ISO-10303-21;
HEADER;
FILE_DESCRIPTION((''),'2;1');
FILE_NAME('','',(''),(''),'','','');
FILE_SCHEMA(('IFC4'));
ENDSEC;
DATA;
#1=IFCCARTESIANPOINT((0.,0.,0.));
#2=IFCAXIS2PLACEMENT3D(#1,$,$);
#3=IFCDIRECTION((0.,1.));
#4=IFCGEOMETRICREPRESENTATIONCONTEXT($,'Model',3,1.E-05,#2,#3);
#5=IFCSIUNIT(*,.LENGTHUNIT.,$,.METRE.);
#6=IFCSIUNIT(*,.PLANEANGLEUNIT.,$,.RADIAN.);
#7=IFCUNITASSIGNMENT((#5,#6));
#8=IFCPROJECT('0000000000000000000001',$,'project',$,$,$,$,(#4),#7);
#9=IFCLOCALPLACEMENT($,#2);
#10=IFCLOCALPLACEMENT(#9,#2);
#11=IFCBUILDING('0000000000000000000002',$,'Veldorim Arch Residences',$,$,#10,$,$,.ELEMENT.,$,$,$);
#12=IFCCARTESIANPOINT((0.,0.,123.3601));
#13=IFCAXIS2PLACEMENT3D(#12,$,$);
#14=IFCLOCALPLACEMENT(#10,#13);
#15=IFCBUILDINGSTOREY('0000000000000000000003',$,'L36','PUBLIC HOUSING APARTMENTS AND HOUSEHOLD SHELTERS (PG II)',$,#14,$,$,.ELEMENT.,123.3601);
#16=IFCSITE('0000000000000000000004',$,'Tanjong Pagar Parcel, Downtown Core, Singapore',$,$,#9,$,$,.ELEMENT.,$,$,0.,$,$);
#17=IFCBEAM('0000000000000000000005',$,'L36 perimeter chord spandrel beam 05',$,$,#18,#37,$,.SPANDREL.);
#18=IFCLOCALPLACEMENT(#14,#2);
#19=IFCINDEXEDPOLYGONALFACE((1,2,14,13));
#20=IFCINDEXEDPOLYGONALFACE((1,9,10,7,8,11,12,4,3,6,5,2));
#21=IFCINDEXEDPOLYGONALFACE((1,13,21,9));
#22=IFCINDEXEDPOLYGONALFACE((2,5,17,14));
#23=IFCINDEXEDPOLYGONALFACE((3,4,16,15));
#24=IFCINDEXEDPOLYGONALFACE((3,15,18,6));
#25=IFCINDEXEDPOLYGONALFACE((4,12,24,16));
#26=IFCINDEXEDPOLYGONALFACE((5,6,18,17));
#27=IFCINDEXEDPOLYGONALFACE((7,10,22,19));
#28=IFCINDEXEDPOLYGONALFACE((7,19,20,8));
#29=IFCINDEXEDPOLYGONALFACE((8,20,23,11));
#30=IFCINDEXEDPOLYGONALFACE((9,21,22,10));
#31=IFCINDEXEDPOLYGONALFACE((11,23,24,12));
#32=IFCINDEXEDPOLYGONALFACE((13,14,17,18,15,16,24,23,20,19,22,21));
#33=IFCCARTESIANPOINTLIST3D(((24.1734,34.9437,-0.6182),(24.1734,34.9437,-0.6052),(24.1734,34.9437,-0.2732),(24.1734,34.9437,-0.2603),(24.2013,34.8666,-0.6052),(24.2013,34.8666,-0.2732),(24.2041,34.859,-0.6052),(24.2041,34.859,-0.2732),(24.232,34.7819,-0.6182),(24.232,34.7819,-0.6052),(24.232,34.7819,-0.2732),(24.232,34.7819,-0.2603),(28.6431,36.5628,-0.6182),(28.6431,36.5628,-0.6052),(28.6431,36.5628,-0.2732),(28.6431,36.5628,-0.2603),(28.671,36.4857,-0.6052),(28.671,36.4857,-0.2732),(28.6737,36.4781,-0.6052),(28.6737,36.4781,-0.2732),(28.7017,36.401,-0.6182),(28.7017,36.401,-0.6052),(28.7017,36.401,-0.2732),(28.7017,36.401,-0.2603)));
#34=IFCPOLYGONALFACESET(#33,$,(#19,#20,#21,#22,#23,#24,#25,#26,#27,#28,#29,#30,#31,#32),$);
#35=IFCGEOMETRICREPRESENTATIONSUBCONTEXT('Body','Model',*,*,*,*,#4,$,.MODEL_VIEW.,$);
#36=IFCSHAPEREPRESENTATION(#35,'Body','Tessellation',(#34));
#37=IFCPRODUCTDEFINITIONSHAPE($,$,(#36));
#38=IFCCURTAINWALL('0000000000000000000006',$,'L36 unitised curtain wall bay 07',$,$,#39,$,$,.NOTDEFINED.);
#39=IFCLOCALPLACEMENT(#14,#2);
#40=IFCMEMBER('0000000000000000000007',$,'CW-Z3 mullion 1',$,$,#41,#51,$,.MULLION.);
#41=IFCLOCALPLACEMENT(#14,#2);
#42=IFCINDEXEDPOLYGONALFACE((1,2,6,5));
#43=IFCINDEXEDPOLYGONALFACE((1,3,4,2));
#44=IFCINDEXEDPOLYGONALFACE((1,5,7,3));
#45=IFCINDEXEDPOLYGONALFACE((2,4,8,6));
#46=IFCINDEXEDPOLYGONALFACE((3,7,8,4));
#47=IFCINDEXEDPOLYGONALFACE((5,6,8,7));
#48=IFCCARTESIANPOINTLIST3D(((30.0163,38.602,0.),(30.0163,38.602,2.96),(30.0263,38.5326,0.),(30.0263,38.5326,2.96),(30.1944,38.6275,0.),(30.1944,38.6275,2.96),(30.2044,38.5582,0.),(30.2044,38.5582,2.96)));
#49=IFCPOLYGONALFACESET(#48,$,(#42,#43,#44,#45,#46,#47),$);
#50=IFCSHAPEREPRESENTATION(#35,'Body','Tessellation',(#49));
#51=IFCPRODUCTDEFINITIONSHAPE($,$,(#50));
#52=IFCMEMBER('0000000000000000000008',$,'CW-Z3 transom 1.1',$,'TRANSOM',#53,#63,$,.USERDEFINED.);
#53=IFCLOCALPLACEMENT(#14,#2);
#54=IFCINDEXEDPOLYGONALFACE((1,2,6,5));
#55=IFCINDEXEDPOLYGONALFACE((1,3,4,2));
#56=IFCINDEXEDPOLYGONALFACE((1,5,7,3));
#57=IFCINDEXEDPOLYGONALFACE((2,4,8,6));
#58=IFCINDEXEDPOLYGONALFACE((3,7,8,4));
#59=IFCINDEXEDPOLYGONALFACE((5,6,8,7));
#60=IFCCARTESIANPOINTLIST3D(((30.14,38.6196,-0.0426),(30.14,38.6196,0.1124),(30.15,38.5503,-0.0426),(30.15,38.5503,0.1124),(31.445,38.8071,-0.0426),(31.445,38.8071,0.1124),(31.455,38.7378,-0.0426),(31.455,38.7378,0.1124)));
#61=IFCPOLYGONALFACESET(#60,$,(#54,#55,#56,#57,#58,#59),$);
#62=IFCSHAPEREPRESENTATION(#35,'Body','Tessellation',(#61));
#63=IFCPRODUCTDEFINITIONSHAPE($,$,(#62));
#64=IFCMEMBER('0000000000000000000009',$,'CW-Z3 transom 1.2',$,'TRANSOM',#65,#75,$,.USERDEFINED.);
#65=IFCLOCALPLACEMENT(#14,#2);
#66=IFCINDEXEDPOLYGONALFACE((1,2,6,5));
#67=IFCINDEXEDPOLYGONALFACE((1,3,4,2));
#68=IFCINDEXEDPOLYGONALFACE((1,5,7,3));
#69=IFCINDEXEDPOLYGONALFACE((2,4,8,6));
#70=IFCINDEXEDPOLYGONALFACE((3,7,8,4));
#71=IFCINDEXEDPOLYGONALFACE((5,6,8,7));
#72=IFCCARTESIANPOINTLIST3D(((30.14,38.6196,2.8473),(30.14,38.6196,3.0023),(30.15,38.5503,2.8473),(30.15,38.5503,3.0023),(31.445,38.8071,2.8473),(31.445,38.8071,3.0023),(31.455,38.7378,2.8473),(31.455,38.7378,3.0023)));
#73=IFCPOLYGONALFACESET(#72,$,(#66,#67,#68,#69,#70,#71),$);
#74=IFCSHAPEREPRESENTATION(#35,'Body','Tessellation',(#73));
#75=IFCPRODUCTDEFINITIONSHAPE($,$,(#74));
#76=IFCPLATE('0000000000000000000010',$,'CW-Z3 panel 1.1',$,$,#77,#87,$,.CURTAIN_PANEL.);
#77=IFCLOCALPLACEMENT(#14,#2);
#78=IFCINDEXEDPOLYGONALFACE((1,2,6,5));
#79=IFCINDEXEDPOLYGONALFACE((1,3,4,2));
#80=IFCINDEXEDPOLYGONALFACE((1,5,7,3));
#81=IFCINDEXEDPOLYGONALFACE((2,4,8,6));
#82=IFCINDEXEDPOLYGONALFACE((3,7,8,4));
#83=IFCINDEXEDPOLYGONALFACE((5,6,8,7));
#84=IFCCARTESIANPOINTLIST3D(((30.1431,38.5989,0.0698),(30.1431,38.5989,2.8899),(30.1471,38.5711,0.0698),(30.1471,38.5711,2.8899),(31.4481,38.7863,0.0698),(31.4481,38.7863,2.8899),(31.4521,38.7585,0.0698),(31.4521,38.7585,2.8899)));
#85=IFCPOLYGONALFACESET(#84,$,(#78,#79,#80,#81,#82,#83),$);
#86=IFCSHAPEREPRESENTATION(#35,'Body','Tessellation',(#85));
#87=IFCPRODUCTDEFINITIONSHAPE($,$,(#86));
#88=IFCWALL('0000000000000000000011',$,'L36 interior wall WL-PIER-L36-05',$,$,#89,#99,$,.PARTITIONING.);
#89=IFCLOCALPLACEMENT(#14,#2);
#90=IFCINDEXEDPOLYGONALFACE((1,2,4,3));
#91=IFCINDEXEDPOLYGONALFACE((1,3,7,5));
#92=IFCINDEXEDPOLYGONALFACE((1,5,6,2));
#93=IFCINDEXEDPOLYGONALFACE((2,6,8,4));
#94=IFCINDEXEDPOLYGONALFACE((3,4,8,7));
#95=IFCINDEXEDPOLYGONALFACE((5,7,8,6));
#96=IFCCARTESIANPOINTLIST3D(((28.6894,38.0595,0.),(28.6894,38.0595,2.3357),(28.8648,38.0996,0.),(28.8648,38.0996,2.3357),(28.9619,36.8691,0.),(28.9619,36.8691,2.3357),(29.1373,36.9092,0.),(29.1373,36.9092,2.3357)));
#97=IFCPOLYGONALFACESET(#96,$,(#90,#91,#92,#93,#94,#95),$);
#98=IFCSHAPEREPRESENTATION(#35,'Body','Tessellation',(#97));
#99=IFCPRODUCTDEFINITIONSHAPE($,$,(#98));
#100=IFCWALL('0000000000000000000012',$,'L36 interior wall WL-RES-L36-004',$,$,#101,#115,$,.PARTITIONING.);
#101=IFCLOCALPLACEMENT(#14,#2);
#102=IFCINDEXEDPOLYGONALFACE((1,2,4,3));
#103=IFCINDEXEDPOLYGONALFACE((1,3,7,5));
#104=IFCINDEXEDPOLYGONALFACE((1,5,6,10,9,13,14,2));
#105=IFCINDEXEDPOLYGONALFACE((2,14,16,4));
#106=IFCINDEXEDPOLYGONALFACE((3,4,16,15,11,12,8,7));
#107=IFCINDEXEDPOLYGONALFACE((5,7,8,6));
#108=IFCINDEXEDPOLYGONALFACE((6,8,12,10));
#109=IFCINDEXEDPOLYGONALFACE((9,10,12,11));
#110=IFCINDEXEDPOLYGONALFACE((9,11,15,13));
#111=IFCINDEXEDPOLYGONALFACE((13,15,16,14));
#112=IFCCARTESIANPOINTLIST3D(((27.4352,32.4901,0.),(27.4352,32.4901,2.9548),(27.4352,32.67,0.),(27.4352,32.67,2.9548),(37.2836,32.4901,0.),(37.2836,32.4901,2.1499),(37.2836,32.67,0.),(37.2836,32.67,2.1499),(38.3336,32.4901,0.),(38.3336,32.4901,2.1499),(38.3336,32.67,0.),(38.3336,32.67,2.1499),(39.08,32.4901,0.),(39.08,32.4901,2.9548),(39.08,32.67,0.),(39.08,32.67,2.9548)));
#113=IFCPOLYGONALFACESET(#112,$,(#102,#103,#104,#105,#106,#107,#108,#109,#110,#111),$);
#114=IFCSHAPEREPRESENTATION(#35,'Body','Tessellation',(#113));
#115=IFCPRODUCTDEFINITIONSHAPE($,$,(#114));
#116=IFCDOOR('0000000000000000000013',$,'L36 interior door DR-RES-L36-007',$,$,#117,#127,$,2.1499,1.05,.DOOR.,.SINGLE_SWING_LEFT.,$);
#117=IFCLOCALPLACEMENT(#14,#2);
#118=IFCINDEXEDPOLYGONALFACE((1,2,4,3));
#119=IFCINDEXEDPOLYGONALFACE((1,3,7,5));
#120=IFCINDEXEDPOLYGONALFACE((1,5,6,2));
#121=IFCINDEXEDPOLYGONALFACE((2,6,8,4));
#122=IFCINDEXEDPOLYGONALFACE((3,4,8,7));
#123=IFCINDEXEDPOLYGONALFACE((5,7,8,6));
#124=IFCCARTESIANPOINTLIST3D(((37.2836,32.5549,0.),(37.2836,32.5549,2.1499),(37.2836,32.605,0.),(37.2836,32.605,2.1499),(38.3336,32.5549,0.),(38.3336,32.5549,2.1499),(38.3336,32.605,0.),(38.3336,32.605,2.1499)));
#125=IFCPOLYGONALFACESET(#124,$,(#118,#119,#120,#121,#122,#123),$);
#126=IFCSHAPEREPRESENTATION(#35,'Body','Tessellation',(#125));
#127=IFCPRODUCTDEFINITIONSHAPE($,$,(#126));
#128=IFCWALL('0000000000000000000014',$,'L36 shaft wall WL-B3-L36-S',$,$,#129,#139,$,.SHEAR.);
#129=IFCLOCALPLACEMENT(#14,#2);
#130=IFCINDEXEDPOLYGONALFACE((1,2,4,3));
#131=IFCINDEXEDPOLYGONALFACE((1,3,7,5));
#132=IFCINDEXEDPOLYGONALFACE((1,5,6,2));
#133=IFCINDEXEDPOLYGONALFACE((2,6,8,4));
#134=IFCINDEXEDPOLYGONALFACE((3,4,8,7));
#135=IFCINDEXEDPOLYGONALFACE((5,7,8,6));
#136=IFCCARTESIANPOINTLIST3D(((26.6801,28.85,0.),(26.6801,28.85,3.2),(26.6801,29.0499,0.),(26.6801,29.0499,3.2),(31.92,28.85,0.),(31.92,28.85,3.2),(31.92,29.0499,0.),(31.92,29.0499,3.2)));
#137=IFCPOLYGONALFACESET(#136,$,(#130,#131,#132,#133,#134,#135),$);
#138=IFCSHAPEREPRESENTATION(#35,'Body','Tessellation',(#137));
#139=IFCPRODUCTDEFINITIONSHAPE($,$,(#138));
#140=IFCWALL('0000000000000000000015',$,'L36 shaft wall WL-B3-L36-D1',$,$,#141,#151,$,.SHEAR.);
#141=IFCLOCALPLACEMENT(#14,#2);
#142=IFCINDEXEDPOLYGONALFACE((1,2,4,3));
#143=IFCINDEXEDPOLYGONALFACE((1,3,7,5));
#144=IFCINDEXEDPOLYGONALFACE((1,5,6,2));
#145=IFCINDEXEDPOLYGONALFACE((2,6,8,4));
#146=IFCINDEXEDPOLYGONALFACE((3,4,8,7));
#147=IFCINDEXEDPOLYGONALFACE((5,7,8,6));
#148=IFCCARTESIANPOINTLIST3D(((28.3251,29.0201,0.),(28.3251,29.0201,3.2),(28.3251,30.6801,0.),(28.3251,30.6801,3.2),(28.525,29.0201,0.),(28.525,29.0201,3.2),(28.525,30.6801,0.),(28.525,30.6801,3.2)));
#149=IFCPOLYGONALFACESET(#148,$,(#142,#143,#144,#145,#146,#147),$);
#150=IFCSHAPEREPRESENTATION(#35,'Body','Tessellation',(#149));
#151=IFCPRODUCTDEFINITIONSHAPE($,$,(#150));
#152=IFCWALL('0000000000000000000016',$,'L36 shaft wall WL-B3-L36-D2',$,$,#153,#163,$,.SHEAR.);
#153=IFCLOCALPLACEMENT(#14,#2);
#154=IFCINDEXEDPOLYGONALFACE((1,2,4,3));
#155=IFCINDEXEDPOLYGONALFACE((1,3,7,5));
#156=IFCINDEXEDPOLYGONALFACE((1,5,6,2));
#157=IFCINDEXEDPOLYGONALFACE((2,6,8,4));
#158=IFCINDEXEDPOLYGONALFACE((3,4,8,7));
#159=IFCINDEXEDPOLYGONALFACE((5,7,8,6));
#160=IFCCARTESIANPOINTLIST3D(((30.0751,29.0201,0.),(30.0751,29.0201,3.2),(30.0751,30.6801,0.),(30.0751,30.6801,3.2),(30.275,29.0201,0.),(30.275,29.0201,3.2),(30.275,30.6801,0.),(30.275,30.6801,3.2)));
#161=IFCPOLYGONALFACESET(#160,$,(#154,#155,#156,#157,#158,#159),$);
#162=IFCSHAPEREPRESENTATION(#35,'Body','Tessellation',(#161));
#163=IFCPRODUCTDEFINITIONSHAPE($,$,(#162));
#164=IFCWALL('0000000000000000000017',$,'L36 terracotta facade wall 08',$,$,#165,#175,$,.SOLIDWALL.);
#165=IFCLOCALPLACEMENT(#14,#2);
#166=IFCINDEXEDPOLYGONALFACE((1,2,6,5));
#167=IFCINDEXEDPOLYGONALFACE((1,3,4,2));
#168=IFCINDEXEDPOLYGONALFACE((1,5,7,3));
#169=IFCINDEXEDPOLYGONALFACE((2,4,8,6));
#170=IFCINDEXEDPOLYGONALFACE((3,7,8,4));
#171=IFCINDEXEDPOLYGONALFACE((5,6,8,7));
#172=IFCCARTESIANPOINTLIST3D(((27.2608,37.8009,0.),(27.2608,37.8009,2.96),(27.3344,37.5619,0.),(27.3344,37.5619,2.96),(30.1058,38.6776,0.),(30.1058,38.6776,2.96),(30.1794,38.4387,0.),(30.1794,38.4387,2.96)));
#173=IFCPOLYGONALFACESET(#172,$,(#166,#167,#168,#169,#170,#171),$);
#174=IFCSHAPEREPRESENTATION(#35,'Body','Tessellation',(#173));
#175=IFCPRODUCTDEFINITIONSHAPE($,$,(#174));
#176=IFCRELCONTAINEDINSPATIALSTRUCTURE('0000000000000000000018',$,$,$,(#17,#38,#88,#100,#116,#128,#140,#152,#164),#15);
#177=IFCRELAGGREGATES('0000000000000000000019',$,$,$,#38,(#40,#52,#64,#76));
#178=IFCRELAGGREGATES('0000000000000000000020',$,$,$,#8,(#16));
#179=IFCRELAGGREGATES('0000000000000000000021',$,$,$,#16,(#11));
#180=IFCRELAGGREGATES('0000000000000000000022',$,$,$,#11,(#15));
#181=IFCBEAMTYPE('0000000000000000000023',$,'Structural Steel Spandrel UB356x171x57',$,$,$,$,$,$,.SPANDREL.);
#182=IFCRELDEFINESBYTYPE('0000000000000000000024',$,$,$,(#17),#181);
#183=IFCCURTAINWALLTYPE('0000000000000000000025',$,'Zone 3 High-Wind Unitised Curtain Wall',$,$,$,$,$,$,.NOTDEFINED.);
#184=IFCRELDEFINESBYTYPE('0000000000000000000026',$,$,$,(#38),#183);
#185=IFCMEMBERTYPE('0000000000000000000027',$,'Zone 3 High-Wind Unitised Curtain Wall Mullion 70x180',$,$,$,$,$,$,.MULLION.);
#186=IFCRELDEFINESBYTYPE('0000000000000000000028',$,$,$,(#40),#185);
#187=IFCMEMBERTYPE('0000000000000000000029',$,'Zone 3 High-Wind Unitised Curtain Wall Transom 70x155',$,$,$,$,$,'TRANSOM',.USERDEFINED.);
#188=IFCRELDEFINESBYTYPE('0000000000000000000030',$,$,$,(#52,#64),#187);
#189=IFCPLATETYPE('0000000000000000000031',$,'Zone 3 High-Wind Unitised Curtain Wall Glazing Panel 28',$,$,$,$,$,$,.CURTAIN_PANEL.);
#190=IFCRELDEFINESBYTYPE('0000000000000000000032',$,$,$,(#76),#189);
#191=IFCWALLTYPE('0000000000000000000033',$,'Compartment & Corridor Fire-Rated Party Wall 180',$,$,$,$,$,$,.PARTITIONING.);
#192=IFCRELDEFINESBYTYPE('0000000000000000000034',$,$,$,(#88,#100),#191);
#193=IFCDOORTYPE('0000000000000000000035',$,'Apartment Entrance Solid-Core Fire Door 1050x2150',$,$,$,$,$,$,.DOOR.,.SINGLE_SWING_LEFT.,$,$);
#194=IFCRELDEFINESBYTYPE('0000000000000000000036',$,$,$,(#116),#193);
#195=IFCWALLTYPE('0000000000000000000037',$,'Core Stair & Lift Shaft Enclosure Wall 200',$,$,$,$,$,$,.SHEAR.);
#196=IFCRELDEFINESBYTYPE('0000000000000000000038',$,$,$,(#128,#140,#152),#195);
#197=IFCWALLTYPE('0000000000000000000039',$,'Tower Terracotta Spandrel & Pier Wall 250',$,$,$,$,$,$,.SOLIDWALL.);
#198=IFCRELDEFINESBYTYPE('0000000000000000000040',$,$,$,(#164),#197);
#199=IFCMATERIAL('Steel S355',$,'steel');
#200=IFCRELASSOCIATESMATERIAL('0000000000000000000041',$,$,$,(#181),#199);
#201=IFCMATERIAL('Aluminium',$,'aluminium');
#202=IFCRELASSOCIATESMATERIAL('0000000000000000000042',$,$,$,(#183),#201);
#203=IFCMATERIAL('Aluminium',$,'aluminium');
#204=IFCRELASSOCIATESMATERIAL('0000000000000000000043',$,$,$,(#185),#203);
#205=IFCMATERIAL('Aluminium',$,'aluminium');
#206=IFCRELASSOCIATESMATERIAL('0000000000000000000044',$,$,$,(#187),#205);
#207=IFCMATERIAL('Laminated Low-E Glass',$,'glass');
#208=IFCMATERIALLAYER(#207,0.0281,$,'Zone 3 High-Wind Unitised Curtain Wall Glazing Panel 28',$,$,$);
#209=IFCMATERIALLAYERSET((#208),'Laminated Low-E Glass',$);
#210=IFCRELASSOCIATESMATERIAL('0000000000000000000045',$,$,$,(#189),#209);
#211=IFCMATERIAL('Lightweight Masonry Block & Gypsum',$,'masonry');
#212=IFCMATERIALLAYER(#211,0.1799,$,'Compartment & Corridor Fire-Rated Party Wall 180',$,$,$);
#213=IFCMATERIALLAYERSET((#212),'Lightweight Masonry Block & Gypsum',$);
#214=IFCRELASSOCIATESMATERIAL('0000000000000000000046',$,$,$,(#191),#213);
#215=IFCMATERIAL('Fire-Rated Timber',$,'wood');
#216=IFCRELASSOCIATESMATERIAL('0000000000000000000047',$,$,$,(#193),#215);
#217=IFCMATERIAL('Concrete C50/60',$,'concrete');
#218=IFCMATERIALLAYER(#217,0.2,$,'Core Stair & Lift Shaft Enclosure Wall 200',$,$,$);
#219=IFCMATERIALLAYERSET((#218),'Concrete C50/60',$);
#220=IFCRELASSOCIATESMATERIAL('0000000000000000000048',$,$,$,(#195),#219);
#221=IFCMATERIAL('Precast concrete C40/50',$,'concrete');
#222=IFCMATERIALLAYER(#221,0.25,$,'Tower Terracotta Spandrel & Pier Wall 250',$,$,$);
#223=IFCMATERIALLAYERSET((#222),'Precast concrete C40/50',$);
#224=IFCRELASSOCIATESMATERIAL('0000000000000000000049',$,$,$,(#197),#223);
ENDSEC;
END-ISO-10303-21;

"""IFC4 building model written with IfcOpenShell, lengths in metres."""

from ifc_helpers import new_model, si_unit, direction, frame, frame_2d, origin, origin_2d, place, context, subcontext, project, spatial, rectangle, i_section, extrude, material, layer, layer_set, material_profile, profile_set, type_object, element, fill, aggregate, save


model = new_model("IFC4")

# Units and contexts
model_context = context("Model", 3, precision=1e-05, world=origin(), true_north=direction((0.0, 1.0)))
body_context = subcontext(model_context, "Body", "Model", "MODEL_VIEW")
ifc_project = project(units=[si_unit("LENGTHUNIT", "METRE"), si_unit("PLANEANGLEUNIT", "RADIAN")], contexts=[model_context])

# Site, building, storey
site_placement = place(None, origin())
site = spatial("IfcSite", under=ifc_project, at=site_placement, Name="Tanjong Pagar Parcel, Downtown Core, Singapore", CompositionType="ELEMENT", RefElevation=0.0)
building_placement = place(site_placement, origin())
building = spatial("IfcBuilding", under=site, at=building_placement, Name="Veldorim Arch Residences", CompositionType="ELEMENT")
storey_placement = place(building_placement, frame((0.0, 0.0, 123.3601)))
storey = spatial("IfcBuildingStorey", under=building, at=storey_placement, Name="L36", Description="PUBLIC HOUSING APARTMENTS AND HOUSEHOLD SHELTERS (PG II)", CompositionType="ELEMENT", Elevation=123.3601)

# Beam
ifc_material_1 = material(Name="Steel S355", Category="steel")
ifc_material_profile_1 = material_profile(ifc_material_1, i_section(OverallWidth=0.1721, OverallDepth=0.3579, WebThickness=0.0081, FlangeThickness=0.0129, at=origin_2d()), Name="UB356x171x57")
ifc_profile_set_1 = profile_set([ifc_material_profile_1], Name="Steel S355")
beam_type_1 = type_object("IfcBeamType", Name="Structural Steel Spandrel UB356x171x57", PredefinedType="SPANDREL", material=ifc_profile_set_1)
beam_1_placement = place(storey_placement, frame((28.6724, 36.4819, -0.4392), z_axis=(-0.940213, -0.340588, 0.0), x_axis=(0.340588, -0.940213, 0.0)))
element("IfcBeam", 1, at=beam_1_placement, inside=storey, type_object=beam_type_1, Name="L36 perimeter chord spandrel beam 05", PredefinedType="SPANDREL", context=body_context, shape_type="SweptSolid", body=[
    extrude(i_section(OverallWidth=0.1721, OverallDepth=0.3579, WebThickness=0.0081, FlangeThickness=0.0129, at=origin_2d()), origin(), (0.0, 0.0, 1.0), 4.7539),
])

# Curtain wall, members, plate
ifc_material_2 = material(Name="Aluminium", Category="aluminium")
curtain_wall_type = type_object("IfcCurtainWallType", Name="Zone 3 High-Wind Unitised Curtain Wall", PredefinedType="NOTDEFINED", material=ifc_material_2)
curtain_wall_placement = place(storey_placement, origin())
curtain_wall = element("IfcCurtainWall", 2, at=curtain_wall_placement, inside=storey, type_object=curtain_wall_type, Name="L36 unitised curtain wall bay 07", PredefinedType="NOTDEFINED")
ifc_material_3 = material(Name="Aluminium", Category="aluminium")
ifc_material_profile_2 = material_profile(ifc_material_3, rectangle(XDim=0.0701, YDim=0.1799, at=origin_2d()), Name="ALU_MUL_70x180")
ifc_profile_set_2 = profile_set([ifc_material_profile_2], Name="Aluminium")
member_type_1 = type_object("IfcMemberType", Name="Zone 3 High-Wind Unitised Curtain Wall Mullion 70x180", PredefinedType="MULLION", material=ifc_profile_set_2)
member_1_placement = place(storey_placement, frame((30.1104, 38.5801, 0.0), z_axis=(0.0, 0.0, 1.0), x_axis=(-0.14212, 0.989849, 0.0)))
member_1 = element("IfcMember", 3, at=member_1_placement, type_object=member_type_1, Name="CW-Z3 mullion 1", PredefinedType="MULLION", context=body_context, shape_type="SweptSolid", body=[
    extrude(rectangle(XDim=0.0701, YDim=0.1799, at=origin_2d()), origin(), (0.0, 0.0, 1.0), 2.96),
])
ifc_material_4 = material(Name="Aluminium", Category="aluminium")
ifc_material_profile_3 = material_profile(ifc_material_4, rectangle(XDim=0.0701, YDim=0.155, at=origin_2d()), Name="ALU_TRN_70x155")
ifc_profile_set_3 = profile_set([ifc_material_profile_3], Name="Aluminium")
member_type_2 = type_object("IfcMemberType", Name="Zone 3 High-Wind Unitised Curtain Wall Transom 70x155", ElementType="TRANSOM", PredefinedType="USERDEFINED", material=ifc_profile_set_3)
member_2_placement = place(storey_placement, frame((30.145, 38.585, 0.0349), z_axis=(0.989834, 0.142225, 0.0), x_axis=(-0.142225, 0.989834, 0.0)))
member_2 = element("IfcMember", 4, at=member_2_placement, type_object=member_type_2, Name="CW-Z3 transom 1.1", ObjectType="TRANSOM", PredefinedType="USERDEFINED", context=body_context, shape_type="SweptSolid", body=[
    extrude(rectangle(XDim=0.0701, YDim=0.155, at=origin_2d()), origin(), (0.0, 0.0, 1.0), 1.3184),
])
member_3_placement = place(storey_placement, frame((30.145, 38.585, 2.9248), z_axis=(0.989834, 0.142225, 0.0), x_axis=(-0.142225, 0.989834, 0.0)))
member_3 = element("IfcMember", 5, at=member_3_placement, type_object=member_type_2, Name="CW-Z3 transom 1.2", ObjectType="TRANSOM", PredefinedType="USERDEFINED", context=body_context, shape_type="SweptSolid", body=[
    extrude(rectangle(XDim=0.0701, YDim=0.155, at=origin_2d()), origin(), (0.0, 0.0, 1.0), 1.3184),
])
ifc_material_5 = material(Name="Laminated Low-E Glass", Category="glass")
ifc_layer_1 = layer(ifc_material_5, 0.0281, Name="Zone 3 High-Wind Unitised Curtain Wall Glazing Panel 28")
ifc_layer_set_1 = layer_set([ifc_layer_1], Name="Laminated Low-E Glass")
plate_type = type_object("IfcPlateType", Name="Zone 3 High-Wind Unitised Curtain Wall Glazing Panel 28", PredefinedType="CURTAIN_PANEL", material=ifc_layer_set_1)
plate_placement = place(storey_placement, frame((30.7976, 38.6787, 0.0698), z_axis=(0.0, 0.0, 1.0), x_axis=(0.989849, 0.14212, 0.0)))
plate = element("IfcPlate", 6, at=plate_placement, type_object=plate_type, Name="CW-Z3 panel 1.1", PredefinedType="CURTAIN_PANEL", context=body_context, shape_type="SweptSolid", body=[
    extrude(rectangle(XDim=1.3184, YDim=0.0281, at=origin_2d()), origin(), (0.0, 0.0, 1.0), 2.8201),
])
aggregate(curtain_wall, [member_1, member_2, member_3, plate])

# Wall
ifc_material_6 = material(Name="Lightweight Masonry Block & Gypsum", Category="masonry")
ifc_layer_2 = layer(ifc_material_6, 0.1799, Name="Compartment & Corridor Fire-Rated Party Wall 180")
ifc_layer_set_2 = layer_set([ifc_layer_2], Name="Lightweight Masonry Block & Gypsum")
wall_type_1 = type_object("IfcWallType", Name="Compartment & Corridor Fire-Rated Party Wall 180", PredefinedType="PARTITIONING", material=ifc_layer_set_2)
wall_1_placement = place(storey_placement, frame((29.0496, 36.8892, 0.0), z_axis=(0.0, 0.0, 1.0), x_axis=(-0.223107, 0.974794, 0.0)))
element("IfcWall", 7, at=wall_1_placement, inside=storey, type_object=wall_type_1, Name="L36 interior wall WL-PIER-L36-05", PredefinedType="PARTITIONING", context=body_context, shape_type="SweptSolid", body=[
    extrude(rectangle(XDim=1.2212, YDim=0.1799, at=frame_2d((0.6106, 0.0))), origin(), (0.0, 0.0, 1.0), 2.3357),
])

# Wall, opening, door
wall_2_placement = place(storey_placement, frame((27.4353, 32.5801, 0.0), z_axis=(0.0, 0.0, 1.0), x_axis=(1.0, 0.0, 0.0)))
wall_2 = element("IfcWall", 8, at=wall_2_placement, inside=storey, type_object=wall_type_1, Name="L36 interior wall WL-RES-L36-004", PredefinedType="PARTITIONING", context=body_context, shape_type="SweptSolid", body=[
    extrude(rectangle(XDim=11.6448, YDim=0.1799, at=frame_2d((5.8223, 0.0))), origin(), (0.0, 0.0, 1.0), 2.9548),
])
opening_placement = place(wall_2_placement, frame((9.8484, 0.0, 0.0)))
opening = element("IfcOpeningElement", 9, at=opening_placement, cuts=wall_2, PredefinedType="OPENING", context=body_context, shape_type="SweptSolid", body=[
    extrude(rectangle(XDim=1.05, YDim=2.1499, at=frame_2d((0.5249, 1.075))), frame((0.0, 0.0999, 0.0), z_axis=(0.0, -1.0, 0.0), x_axis=(1.0, 0.0, 0.0)), (0.0, 0.0, 1.0), 0.2),
])
ifc_material_7 = material(Name="Fire-Rated Timber", Category="wood")
door_type = type_object("IfcDoorType", Name="Apartment Entrance Solid-Core Fire Door 1050x2150", OperationType="SINGLE_SWING_LEFT", PredefinedType="DOOR", material=ifc_material_7)
door_placement = place(opening_placement, origin())
door = element("IfcDoor", 10, at=door_placement, inside=storey, type_object=door_type, Name="L36 interior door DR-RES-L36-007", OperationType="SINGLE_SWING_LEFT", OverallHeight=2.1499, OverallWidth=1.05, PredefinedType="DOOR", context=body_context, shape_type="SweptSolid", body=[
    extrude(rectangle(XDim=1.05, YDim=2.1499, at=frame_2d((0.5249, 1.075))), frame((0.0, 0.0249, 0.0), z_axis=(0.0, -1.0, 0.0), x_axis=(1.0, 0.0, 0.0)), (0.0, 0.0, 1.0), 0.05),
])
fill(opening, door)

# Walls
ifc_material_8 = material(Name="Concrete C50/60", Category="concrete")
ifc_layer_3 = layer(ifc_material_8, 0.2, Name="Core Stair & Lift Shaft Enclosure Wall 200")
ifc_layer_set_3 = layer_set([ifc_layer_3], Name="Concrete C50/60")
wall_type_2 = type_object("IfcWallType", Name="Core Stair & Lift Shaft Enclosure Wall 200", PredefinedType="SHEAR", material=ifc_layer_set_3)
wall_3_placement = place(storey_placement, frame((26.6799, 28.95, 0.0), z_axis=(0.0, 0.0, 1.0), x_axis=(1.0, 0.0, 0.0)))
element("IfcWall", 11, at=wall_3_placement, inside=storey, type_object=wall_type_2, Name="L36 shaft wall WL-B3-L36-S", PredefinedType="SHEAR", context=body_context, shape_type="SweptSolid", body=[
    extrude(rectangle(XDim=5.24, YDim=0.2, at=frame_2d((2.6201, 0.0))), origin(), (0.0, 0.0, 1.0), 3.2),
])
for number, where, z_axis, x_axis, name in (
    (12, (28.425, 29.02, 0.0), (0.0, 0.0, 1.0), (0.0, 1.0, 0.0), "L36 shaft wall WL-B3-L36-D1"),
    (13, (30.175, 29.02, 0.0), (0.0, 0.0, 1.0), (0.0, 1.0, 0.0), "L36 shaft wall WL-B3-L36-D2"),
):
    element("IfcWall", number, at=place(storey_placement, frame(where, z_axis=z_axis, x_axis=x_axis)), inside=storey, type_object=wall_type_2, Name=name, PredefinedType="SHEAR", context=body_context, shape_type="SweptSolid", body=[
        extrude(rectangle(XDim=1.6599, YDim=0.2, at=frame_2d((0.8301, 0.0))), origin(), (0.0, 0.0, 1.0), 3.2),
    ])
ifc_material_9 = material(Name="Precast concrete C40/50", Category="concrete")
ifc_layer_4 = layer(ifc_material_9, 0.25, Name="Tower Terracotta Spandrel & Pier Wall 250")
ifc_layer_set_4 = layer_set([ifc_layer_4], Name="Precast concrete C40/50")
wall_type_3 = type_object("IfcWallType", Name="Tower Terracotta Spandrel & Pier Wall 250", PredefinedType="SOLIDWALL", material=ifc_layer_set_4)
wall_4_placement = place(storey_placement, frame((27.2976, 37.6814, 0.0), z_axis=(0.0, 0.0, 1.0), x_axis=(0.955653, 0.294495, 0.0)))
element("IfcWall", 14, at=wall_4_placement, inside=storey, type_object=wall_type_3, Name="L36 terracotta facade wall 08", PredefinedType="SOLIDWALL", context=body_context, shape_type="SweptSolid", body=[
    extrude(rectangle(XDim=2.9771, YDim=0.25, at=frame_2d((1.4885, 0.0))), origin(), (0.0, 0.0, 1.0), 2.96),
])

save(model, "model.ifc")
